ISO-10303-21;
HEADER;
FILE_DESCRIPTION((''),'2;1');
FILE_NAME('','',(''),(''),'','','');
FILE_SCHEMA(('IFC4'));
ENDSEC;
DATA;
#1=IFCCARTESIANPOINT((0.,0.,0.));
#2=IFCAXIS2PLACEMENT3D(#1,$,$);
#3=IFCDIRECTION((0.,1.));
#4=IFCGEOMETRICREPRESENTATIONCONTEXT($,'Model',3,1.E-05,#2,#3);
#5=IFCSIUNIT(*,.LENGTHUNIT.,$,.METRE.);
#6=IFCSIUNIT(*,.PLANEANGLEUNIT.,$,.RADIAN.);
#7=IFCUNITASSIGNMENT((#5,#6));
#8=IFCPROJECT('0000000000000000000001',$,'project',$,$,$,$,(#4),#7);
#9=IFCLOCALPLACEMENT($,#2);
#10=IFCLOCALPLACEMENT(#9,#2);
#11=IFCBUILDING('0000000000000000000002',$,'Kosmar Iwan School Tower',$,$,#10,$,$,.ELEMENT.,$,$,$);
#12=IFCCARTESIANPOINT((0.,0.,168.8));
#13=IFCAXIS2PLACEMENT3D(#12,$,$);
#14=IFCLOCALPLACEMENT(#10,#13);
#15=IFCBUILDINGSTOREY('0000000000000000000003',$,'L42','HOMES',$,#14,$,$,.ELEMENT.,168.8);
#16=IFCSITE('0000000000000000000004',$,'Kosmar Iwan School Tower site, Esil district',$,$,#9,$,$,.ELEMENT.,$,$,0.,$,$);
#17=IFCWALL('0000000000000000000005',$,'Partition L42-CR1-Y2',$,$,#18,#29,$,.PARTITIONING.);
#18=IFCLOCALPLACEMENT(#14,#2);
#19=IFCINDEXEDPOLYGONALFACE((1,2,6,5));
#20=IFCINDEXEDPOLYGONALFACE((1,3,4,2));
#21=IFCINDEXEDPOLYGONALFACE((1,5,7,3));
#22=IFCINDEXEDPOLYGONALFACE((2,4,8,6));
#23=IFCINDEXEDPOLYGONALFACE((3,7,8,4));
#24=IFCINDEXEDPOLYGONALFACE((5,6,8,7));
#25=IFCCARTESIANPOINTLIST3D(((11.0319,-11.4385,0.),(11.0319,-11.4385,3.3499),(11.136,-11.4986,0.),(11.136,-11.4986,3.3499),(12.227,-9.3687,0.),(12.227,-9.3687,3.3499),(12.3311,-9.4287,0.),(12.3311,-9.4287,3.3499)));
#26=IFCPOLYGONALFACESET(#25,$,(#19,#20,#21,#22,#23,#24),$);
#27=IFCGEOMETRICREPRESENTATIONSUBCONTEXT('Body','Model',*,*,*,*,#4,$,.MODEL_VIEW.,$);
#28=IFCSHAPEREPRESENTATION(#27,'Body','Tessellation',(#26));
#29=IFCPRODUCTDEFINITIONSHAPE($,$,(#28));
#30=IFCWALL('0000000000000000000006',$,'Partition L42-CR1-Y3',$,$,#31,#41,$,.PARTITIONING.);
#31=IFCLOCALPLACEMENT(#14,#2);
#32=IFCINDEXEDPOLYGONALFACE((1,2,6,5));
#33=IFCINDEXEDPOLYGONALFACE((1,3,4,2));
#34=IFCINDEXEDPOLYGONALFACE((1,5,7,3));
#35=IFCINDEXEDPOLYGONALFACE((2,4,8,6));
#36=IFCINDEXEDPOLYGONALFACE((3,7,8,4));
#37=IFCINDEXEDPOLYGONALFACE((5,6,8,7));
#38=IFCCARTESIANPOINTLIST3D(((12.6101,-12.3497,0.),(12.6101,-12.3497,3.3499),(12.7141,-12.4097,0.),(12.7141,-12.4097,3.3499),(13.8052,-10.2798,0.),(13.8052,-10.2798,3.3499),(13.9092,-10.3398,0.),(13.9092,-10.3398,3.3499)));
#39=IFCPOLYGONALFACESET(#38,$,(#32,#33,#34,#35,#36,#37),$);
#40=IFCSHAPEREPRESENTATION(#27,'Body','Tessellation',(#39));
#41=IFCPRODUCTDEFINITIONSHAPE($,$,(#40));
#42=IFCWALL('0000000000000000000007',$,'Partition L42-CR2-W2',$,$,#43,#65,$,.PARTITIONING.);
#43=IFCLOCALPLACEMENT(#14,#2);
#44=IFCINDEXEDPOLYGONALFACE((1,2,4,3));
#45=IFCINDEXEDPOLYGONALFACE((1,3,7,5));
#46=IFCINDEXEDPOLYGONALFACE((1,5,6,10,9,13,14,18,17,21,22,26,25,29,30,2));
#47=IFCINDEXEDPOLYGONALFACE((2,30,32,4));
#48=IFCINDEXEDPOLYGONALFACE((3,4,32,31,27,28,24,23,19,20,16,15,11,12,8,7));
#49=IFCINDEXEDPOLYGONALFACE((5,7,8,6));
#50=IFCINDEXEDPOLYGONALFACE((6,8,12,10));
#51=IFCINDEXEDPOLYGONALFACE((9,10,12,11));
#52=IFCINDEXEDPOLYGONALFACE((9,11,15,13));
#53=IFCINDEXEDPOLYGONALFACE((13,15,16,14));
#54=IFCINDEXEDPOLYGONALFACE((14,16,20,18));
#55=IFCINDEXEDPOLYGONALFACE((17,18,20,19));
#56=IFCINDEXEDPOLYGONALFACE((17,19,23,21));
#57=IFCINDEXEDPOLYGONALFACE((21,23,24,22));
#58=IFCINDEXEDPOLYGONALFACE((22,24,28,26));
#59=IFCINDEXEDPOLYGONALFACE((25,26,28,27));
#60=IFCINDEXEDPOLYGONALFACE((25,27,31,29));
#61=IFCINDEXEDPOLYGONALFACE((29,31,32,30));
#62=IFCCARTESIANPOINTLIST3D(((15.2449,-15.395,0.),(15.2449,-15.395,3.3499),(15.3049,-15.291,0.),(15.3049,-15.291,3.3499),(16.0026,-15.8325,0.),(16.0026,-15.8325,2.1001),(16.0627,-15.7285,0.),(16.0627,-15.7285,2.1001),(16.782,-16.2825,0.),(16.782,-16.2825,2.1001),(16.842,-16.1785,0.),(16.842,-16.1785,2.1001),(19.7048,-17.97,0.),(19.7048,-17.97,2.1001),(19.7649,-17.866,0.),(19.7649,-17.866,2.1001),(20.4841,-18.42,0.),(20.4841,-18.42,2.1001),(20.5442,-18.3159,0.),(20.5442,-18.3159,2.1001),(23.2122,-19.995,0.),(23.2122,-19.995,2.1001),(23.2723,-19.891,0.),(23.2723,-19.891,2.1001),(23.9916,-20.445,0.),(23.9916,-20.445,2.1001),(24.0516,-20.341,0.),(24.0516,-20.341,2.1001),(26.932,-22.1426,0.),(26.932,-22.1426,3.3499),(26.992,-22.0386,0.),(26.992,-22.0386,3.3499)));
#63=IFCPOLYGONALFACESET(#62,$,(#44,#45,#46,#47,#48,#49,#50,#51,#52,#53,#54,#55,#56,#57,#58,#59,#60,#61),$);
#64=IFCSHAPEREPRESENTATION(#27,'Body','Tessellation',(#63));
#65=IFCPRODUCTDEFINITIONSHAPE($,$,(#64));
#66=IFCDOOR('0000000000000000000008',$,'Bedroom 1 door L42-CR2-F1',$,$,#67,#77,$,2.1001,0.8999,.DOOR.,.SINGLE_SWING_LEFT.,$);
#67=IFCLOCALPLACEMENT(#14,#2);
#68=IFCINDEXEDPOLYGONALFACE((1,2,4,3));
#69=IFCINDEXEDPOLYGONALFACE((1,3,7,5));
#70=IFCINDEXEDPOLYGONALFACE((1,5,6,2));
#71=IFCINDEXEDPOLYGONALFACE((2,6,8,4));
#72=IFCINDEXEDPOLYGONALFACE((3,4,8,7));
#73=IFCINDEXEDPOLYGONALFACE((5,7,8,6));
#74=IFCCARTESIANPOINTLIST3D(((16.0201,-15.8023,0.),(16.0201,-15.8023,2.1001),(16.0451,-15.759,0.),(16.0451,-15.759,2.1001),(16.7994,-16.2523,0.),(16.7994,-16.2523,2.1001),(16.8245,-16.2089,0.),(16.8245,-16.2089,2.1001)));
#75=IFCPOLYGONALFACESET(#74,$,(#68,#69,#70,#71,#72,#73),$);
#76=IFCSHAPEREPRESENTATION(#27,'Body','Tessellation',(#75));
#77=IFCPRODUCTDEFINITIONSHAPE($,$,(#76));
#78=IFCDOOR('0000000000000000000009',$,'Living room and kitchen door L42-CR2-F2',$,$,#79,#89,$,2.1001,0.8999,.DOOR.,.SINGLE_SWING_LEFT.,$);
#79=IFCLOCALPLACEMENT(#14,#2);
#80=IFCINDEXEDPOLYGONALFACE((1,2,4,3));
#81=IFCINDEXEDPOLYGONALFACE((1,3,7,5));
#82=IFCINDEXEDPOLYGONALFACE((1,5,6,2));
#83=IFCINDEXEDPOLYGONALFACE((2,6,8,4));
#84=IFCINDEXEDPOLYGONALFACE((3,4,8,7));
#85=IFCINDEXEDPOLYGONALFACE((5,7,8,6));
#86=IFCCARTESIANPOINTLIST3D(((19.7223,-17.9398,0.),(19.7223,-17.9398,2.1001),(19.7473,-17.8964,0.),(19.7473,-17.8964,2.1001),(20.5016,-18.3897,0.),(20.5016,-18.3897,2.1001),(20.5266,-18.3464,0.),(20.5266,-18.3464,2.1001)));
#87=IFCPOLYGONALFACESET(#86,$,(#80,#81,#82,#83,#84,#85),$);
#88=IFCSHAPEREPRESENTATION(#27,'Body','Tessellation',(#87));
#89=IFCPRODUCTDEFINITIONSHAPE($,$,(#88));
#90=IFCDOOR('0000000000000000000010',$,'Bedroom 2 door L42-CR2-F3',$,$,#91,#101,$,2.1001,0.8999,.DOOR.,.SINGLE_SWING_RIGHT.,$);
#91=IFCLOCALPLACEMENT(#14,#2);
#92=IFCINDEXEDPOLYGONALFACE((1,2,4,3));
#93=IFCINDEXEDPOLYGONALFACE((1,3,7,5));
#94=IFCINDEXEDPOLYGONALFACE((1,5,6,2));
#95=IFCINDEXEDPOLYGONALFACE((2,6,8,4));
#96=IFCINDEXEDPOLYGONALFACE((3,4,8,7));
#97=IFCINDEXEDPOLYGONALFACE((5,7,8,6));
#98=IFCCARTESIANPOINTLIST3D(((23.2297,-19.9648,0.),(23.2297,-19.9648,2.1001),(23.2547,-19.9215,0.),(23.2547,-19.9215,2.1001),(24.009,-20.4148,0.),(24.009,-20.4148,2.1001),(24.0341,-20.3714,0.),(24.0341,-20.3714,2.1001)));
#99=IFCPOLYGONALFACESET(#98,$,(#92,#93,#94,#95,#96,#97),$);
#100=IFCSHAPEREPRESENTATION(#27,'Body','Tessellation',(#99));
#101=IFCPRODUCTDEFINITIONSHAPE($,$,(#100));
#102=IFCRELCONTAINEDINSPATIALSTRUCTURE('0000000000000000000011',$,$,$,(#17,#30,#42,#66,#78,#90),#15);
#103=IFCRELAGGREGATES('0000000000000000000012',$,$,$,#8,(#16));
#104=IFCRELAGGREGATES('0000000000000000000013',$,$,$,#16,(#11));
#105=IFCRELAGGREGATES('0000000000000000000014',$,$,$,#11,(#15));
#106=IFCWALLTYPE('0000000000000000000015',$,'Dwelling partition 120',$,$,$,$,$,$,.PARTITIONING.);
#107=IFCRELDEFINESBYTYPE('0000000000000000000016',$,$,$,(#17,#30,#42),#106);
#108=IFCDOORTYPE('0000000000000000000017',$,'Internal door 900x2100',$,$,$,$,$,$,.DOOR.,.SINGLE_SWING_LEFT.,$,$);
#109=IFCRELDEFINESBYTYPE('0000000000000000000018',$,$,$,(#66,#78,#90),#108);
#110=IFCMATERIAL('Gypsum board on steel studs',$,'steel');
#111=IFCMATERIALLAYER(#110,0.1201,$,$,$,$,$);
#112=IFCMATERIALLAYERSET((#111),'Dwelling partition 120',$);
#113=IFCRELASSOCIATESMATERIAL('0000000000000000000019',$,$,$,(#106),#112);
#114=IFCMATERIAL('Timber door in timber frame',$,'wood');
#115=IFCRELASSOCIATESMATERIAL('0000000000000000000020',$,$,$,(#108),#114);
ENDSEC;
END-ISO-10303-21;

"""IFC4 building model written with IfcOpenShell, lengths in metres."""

from ifc_helpers import new_model, si_unit, direction, frame, frame_2d, origin, place, context, subcontext, project, spatial, rectangle, extrude, material, layer, layer_set, type_object, element, fill, save


model = new_model("IFC4")

# Units and contexts
model_context = context("Model", 3, precision=1e-05, world=origin(), true_north=direction((0.0, 1.0)))
body_context = subcontext(model_context, "Body", "Model", "MODEL_VIEW")
ifc_project = project(units=[si_unit("LENGTHUNIT", "METRE"), si_unit("PLANEANGLEUNIT", "RADIAN")], contexts=[model_context])

# Site, building, storey
site_placement = place(None, origin())
site = spatial("IfcSite", under=ifc_project, at=site_placement, Name="Kosmar Iwan School Tower site, Esil district", CompositionType="ELEMENT", RefElevation=0.0)
building_placement = place(site_placement, origin())
building = spatial("IfcBuilding", under=site, at=building_placement, Name="Kosmar Iwan School Tower", CompositionType="ELEMENT")
storey_placement = place(building_placement, frame((0.0, 0.0, 168.8)))
storey = spatial("IfcBuildingStorey", under=building, at=storey_placement, Name="L42", Description="HOMES", CompositionType="ELEMENT", Elevation=168.8)

# Walls
ifc_material_1 = material(Name="Gypsum board on steel studs", Category="steel")
ifc_layer_1 = layer(ifc_material_1, 0.1201)
ifc_layer_set_1 = layer_set([ifc_layer_1], Name="Dwelling partition 120")
wall_type_1 = type_object("IfcWallType", Name="Dwelling partition 120", PredefinedType="PARTITIONING", material=ifc_layer_set_1)
for number, where, z_axis, x_axis, name in (
    (1, (12.2791, -9.3987, 0.0), (0.0, 0.0, 1.0), (-0.500017, -0.866015, 0.0), "Partition L42-CR1-Y2"),
    (2, (13.8572, -10.3098, 0.0), (0.0, 0.0, 1.0), (-0.500017, -0.866015, 0.0), "Partition L42-CR1-Y3"),
):
    element("IfcWall", number, at=place(storey_placement, frame(where, z_axis=z_axis, x_axis=x_axis)), inside=storey, type_object=wall_type_1, Name=name, PredefinedType="PARTITIONING", context=body_context, shape_type="SweptSolid", body=[
        extrude(rectangle(XDim=2.3901, YDim=0.1201, at=frame_2d((1.1951, 0.0))), origin(), (0.0, 0.0, 1.0), 3.3499),
    ])

# Wall, openings, doors
wall_1_placement = place(storey_placement, frame((15.2749, -15.343, 0.0), z_axis=(0.0, 0.0, 1.0), x_axis=(0.866024, -0.500003, 0.0)))
wall_1 = element("IfcWall", 3, at=wall_1_placement, inside=storey, type_object=wall_type_1, Name="Partition L42-CR2-W2", PredefinedType="PARTITIONING", context=body_context, shape_type="SweptSolid", body=[
    extrude(rectangle(XDim=13.4951, YDim=0.1201, at=frame_2d((6.7476, 0.0))), origin(), (0.0, 0.0, 1.0), 3.3499),
])
opening_1_placement = place(wall_1_placement, frame((0.875, 0.0, 0.0)))
opening_1 = element("IfcOpeningElement", 4, at=opening_1_placement, cuts=wall_1, PredefinedType="OPENING", context=body_context, shape_type="SweptSolid", body=[
    extrude(rectangle(XDim=0.8999, YDim=2.1001, at=frame_2d((0.45, 1.05))), frame((0.0, 0.072, 0.0), z_axis=(0.0, -1.0, 0.0), x_axis=(1.0, 0.0, 0.0)), (0.0, 0.0, 1.0), 0.144),
])
opening_2_placement = place(wall_1_placement, frame((5.1499, 0.0, 0.0)))
opening_2 = element("IfcOpeningElement", 5, at=opening_2_placement, cuts=wall_1, PredefinedType="OPENING", context=body_context, shape_type="SweptSolid", body=[
    extrude(rectangle(XDim=0.8999, YDim=2.1001, at=frame_2d((0.45, 1.05))), frame((0.0, 0.072, 0.0), z_axis=(0.0, -1.0, 0.0), x_axis=(1.0, 0.0, 0.0)), (0.0, 0.0, 1.0), 0.144),
])
opening_3_placement = place(wall_1_placement, frame((9.2, 0.0, 0.0)))
opening_3 = element("IfcOpeningElement", 6, at=opening_3_placement, cuts=wall_1, PredefinedType="OPENING", context=body_context, shape_type="SweptSolid", body=[
    extrude(rectangle(XDim=0.8999, YDim=2.1001, at=frame_2d((0.45, 1.05))), frame((0.0, 0.072, 0.0), z_axis=(0.0, -1.0, 0.0), x_axis=(1.0, 0.0, 0.0)), (0.0, 0.0, 1.0), 0.144),
])
ifc_material_2 = material(Name="Timber door in timber frame", Category="wood")
door_type_1 = type_object("IfcDoorType", Name="Internal door 900x2100", OperationType="SINGLE_SWING_LEFT", PredefinedType="DOOR", material=ifc_material_2)
door_1_placement = place(opening_1_placement, origin())
door_1 = element("IfcDoor", 7, at=door_1_placement, inside=storey, type_object=door_type_1, Name="Bedroom 1 door L42-CR2-F1", OperationType="SINGLE_SWING_LEFT", OverallHeight=2.1001, OverallWidth=0.8999, PredefinedType="DOOR", context=body_context, shape_type="SweptSolid", body=[
    extrude(rectangle(XDim=0.8999, YDim=2.1001, at=frame_2d((0.45, 1.05))), frame((0.0, 0.0249, 0.0), z_axis=(0.0, -1.0, 0.0), x_axis=(1.0, 0.0, 0.0)), (0.0, 0.0, 1.0), 0.05),
])
fill(opening_1, door_1)
door_2_placement = place(opening_2_placement, origin())
door_2 = element("IfcDoor", 8, at=door_2_placement, inside=storey, type_object=door_type_1, Name="Living room and kitchen door L42-CR2-F2", OperationType="SINGLE_SWING_LEFT", OverallHeight=2.1001, OverallWidth=0.8999, PredefinedType="DOOR", context=body_context, shape_type="SweptSolid", body=[
    extrude(rectangle(XDim=0.8999, YDim=2.1001, at=frame_2d((0.45, 1.05))), frame((0.0, 0.0249, 0.0), z_axis=(0.0, -1.0, 0.0), x_axis=(1.0, 0.0, 0.0)), (0.0, 0.0, 1.0), 0.05),
])
fill(opening_2, door_2)
door_3_placement = place(opening_3_placement, origin())
door_3 = element("IfcDoor", 9, at=door_3_placement, inside=storey, type_object=door_type_1, Name="Bedroom 2 door L42-CR2-F3", OperationType="SINGLE_SWING_RIGHT", OverallHeight=2.1001, OverallWidth=0.8999, PredefinedType="DOOR", context=body_context, shape_type="SweptSolid", body=[
    extrude(rectangle(XDim=0.8999, YDim=2.1001, at=frame_2d((0.45, 1.05))), frame((0.0, 0.0249, 0.0), z_axis=(0.0, -1.0, 0.0), x_axis=(1.0, 0.0, 0.0)), (0.0, 0.0, 1.0), 0.05),
])
fill(opening_3, door_3)

save(model, "model.ifc")
